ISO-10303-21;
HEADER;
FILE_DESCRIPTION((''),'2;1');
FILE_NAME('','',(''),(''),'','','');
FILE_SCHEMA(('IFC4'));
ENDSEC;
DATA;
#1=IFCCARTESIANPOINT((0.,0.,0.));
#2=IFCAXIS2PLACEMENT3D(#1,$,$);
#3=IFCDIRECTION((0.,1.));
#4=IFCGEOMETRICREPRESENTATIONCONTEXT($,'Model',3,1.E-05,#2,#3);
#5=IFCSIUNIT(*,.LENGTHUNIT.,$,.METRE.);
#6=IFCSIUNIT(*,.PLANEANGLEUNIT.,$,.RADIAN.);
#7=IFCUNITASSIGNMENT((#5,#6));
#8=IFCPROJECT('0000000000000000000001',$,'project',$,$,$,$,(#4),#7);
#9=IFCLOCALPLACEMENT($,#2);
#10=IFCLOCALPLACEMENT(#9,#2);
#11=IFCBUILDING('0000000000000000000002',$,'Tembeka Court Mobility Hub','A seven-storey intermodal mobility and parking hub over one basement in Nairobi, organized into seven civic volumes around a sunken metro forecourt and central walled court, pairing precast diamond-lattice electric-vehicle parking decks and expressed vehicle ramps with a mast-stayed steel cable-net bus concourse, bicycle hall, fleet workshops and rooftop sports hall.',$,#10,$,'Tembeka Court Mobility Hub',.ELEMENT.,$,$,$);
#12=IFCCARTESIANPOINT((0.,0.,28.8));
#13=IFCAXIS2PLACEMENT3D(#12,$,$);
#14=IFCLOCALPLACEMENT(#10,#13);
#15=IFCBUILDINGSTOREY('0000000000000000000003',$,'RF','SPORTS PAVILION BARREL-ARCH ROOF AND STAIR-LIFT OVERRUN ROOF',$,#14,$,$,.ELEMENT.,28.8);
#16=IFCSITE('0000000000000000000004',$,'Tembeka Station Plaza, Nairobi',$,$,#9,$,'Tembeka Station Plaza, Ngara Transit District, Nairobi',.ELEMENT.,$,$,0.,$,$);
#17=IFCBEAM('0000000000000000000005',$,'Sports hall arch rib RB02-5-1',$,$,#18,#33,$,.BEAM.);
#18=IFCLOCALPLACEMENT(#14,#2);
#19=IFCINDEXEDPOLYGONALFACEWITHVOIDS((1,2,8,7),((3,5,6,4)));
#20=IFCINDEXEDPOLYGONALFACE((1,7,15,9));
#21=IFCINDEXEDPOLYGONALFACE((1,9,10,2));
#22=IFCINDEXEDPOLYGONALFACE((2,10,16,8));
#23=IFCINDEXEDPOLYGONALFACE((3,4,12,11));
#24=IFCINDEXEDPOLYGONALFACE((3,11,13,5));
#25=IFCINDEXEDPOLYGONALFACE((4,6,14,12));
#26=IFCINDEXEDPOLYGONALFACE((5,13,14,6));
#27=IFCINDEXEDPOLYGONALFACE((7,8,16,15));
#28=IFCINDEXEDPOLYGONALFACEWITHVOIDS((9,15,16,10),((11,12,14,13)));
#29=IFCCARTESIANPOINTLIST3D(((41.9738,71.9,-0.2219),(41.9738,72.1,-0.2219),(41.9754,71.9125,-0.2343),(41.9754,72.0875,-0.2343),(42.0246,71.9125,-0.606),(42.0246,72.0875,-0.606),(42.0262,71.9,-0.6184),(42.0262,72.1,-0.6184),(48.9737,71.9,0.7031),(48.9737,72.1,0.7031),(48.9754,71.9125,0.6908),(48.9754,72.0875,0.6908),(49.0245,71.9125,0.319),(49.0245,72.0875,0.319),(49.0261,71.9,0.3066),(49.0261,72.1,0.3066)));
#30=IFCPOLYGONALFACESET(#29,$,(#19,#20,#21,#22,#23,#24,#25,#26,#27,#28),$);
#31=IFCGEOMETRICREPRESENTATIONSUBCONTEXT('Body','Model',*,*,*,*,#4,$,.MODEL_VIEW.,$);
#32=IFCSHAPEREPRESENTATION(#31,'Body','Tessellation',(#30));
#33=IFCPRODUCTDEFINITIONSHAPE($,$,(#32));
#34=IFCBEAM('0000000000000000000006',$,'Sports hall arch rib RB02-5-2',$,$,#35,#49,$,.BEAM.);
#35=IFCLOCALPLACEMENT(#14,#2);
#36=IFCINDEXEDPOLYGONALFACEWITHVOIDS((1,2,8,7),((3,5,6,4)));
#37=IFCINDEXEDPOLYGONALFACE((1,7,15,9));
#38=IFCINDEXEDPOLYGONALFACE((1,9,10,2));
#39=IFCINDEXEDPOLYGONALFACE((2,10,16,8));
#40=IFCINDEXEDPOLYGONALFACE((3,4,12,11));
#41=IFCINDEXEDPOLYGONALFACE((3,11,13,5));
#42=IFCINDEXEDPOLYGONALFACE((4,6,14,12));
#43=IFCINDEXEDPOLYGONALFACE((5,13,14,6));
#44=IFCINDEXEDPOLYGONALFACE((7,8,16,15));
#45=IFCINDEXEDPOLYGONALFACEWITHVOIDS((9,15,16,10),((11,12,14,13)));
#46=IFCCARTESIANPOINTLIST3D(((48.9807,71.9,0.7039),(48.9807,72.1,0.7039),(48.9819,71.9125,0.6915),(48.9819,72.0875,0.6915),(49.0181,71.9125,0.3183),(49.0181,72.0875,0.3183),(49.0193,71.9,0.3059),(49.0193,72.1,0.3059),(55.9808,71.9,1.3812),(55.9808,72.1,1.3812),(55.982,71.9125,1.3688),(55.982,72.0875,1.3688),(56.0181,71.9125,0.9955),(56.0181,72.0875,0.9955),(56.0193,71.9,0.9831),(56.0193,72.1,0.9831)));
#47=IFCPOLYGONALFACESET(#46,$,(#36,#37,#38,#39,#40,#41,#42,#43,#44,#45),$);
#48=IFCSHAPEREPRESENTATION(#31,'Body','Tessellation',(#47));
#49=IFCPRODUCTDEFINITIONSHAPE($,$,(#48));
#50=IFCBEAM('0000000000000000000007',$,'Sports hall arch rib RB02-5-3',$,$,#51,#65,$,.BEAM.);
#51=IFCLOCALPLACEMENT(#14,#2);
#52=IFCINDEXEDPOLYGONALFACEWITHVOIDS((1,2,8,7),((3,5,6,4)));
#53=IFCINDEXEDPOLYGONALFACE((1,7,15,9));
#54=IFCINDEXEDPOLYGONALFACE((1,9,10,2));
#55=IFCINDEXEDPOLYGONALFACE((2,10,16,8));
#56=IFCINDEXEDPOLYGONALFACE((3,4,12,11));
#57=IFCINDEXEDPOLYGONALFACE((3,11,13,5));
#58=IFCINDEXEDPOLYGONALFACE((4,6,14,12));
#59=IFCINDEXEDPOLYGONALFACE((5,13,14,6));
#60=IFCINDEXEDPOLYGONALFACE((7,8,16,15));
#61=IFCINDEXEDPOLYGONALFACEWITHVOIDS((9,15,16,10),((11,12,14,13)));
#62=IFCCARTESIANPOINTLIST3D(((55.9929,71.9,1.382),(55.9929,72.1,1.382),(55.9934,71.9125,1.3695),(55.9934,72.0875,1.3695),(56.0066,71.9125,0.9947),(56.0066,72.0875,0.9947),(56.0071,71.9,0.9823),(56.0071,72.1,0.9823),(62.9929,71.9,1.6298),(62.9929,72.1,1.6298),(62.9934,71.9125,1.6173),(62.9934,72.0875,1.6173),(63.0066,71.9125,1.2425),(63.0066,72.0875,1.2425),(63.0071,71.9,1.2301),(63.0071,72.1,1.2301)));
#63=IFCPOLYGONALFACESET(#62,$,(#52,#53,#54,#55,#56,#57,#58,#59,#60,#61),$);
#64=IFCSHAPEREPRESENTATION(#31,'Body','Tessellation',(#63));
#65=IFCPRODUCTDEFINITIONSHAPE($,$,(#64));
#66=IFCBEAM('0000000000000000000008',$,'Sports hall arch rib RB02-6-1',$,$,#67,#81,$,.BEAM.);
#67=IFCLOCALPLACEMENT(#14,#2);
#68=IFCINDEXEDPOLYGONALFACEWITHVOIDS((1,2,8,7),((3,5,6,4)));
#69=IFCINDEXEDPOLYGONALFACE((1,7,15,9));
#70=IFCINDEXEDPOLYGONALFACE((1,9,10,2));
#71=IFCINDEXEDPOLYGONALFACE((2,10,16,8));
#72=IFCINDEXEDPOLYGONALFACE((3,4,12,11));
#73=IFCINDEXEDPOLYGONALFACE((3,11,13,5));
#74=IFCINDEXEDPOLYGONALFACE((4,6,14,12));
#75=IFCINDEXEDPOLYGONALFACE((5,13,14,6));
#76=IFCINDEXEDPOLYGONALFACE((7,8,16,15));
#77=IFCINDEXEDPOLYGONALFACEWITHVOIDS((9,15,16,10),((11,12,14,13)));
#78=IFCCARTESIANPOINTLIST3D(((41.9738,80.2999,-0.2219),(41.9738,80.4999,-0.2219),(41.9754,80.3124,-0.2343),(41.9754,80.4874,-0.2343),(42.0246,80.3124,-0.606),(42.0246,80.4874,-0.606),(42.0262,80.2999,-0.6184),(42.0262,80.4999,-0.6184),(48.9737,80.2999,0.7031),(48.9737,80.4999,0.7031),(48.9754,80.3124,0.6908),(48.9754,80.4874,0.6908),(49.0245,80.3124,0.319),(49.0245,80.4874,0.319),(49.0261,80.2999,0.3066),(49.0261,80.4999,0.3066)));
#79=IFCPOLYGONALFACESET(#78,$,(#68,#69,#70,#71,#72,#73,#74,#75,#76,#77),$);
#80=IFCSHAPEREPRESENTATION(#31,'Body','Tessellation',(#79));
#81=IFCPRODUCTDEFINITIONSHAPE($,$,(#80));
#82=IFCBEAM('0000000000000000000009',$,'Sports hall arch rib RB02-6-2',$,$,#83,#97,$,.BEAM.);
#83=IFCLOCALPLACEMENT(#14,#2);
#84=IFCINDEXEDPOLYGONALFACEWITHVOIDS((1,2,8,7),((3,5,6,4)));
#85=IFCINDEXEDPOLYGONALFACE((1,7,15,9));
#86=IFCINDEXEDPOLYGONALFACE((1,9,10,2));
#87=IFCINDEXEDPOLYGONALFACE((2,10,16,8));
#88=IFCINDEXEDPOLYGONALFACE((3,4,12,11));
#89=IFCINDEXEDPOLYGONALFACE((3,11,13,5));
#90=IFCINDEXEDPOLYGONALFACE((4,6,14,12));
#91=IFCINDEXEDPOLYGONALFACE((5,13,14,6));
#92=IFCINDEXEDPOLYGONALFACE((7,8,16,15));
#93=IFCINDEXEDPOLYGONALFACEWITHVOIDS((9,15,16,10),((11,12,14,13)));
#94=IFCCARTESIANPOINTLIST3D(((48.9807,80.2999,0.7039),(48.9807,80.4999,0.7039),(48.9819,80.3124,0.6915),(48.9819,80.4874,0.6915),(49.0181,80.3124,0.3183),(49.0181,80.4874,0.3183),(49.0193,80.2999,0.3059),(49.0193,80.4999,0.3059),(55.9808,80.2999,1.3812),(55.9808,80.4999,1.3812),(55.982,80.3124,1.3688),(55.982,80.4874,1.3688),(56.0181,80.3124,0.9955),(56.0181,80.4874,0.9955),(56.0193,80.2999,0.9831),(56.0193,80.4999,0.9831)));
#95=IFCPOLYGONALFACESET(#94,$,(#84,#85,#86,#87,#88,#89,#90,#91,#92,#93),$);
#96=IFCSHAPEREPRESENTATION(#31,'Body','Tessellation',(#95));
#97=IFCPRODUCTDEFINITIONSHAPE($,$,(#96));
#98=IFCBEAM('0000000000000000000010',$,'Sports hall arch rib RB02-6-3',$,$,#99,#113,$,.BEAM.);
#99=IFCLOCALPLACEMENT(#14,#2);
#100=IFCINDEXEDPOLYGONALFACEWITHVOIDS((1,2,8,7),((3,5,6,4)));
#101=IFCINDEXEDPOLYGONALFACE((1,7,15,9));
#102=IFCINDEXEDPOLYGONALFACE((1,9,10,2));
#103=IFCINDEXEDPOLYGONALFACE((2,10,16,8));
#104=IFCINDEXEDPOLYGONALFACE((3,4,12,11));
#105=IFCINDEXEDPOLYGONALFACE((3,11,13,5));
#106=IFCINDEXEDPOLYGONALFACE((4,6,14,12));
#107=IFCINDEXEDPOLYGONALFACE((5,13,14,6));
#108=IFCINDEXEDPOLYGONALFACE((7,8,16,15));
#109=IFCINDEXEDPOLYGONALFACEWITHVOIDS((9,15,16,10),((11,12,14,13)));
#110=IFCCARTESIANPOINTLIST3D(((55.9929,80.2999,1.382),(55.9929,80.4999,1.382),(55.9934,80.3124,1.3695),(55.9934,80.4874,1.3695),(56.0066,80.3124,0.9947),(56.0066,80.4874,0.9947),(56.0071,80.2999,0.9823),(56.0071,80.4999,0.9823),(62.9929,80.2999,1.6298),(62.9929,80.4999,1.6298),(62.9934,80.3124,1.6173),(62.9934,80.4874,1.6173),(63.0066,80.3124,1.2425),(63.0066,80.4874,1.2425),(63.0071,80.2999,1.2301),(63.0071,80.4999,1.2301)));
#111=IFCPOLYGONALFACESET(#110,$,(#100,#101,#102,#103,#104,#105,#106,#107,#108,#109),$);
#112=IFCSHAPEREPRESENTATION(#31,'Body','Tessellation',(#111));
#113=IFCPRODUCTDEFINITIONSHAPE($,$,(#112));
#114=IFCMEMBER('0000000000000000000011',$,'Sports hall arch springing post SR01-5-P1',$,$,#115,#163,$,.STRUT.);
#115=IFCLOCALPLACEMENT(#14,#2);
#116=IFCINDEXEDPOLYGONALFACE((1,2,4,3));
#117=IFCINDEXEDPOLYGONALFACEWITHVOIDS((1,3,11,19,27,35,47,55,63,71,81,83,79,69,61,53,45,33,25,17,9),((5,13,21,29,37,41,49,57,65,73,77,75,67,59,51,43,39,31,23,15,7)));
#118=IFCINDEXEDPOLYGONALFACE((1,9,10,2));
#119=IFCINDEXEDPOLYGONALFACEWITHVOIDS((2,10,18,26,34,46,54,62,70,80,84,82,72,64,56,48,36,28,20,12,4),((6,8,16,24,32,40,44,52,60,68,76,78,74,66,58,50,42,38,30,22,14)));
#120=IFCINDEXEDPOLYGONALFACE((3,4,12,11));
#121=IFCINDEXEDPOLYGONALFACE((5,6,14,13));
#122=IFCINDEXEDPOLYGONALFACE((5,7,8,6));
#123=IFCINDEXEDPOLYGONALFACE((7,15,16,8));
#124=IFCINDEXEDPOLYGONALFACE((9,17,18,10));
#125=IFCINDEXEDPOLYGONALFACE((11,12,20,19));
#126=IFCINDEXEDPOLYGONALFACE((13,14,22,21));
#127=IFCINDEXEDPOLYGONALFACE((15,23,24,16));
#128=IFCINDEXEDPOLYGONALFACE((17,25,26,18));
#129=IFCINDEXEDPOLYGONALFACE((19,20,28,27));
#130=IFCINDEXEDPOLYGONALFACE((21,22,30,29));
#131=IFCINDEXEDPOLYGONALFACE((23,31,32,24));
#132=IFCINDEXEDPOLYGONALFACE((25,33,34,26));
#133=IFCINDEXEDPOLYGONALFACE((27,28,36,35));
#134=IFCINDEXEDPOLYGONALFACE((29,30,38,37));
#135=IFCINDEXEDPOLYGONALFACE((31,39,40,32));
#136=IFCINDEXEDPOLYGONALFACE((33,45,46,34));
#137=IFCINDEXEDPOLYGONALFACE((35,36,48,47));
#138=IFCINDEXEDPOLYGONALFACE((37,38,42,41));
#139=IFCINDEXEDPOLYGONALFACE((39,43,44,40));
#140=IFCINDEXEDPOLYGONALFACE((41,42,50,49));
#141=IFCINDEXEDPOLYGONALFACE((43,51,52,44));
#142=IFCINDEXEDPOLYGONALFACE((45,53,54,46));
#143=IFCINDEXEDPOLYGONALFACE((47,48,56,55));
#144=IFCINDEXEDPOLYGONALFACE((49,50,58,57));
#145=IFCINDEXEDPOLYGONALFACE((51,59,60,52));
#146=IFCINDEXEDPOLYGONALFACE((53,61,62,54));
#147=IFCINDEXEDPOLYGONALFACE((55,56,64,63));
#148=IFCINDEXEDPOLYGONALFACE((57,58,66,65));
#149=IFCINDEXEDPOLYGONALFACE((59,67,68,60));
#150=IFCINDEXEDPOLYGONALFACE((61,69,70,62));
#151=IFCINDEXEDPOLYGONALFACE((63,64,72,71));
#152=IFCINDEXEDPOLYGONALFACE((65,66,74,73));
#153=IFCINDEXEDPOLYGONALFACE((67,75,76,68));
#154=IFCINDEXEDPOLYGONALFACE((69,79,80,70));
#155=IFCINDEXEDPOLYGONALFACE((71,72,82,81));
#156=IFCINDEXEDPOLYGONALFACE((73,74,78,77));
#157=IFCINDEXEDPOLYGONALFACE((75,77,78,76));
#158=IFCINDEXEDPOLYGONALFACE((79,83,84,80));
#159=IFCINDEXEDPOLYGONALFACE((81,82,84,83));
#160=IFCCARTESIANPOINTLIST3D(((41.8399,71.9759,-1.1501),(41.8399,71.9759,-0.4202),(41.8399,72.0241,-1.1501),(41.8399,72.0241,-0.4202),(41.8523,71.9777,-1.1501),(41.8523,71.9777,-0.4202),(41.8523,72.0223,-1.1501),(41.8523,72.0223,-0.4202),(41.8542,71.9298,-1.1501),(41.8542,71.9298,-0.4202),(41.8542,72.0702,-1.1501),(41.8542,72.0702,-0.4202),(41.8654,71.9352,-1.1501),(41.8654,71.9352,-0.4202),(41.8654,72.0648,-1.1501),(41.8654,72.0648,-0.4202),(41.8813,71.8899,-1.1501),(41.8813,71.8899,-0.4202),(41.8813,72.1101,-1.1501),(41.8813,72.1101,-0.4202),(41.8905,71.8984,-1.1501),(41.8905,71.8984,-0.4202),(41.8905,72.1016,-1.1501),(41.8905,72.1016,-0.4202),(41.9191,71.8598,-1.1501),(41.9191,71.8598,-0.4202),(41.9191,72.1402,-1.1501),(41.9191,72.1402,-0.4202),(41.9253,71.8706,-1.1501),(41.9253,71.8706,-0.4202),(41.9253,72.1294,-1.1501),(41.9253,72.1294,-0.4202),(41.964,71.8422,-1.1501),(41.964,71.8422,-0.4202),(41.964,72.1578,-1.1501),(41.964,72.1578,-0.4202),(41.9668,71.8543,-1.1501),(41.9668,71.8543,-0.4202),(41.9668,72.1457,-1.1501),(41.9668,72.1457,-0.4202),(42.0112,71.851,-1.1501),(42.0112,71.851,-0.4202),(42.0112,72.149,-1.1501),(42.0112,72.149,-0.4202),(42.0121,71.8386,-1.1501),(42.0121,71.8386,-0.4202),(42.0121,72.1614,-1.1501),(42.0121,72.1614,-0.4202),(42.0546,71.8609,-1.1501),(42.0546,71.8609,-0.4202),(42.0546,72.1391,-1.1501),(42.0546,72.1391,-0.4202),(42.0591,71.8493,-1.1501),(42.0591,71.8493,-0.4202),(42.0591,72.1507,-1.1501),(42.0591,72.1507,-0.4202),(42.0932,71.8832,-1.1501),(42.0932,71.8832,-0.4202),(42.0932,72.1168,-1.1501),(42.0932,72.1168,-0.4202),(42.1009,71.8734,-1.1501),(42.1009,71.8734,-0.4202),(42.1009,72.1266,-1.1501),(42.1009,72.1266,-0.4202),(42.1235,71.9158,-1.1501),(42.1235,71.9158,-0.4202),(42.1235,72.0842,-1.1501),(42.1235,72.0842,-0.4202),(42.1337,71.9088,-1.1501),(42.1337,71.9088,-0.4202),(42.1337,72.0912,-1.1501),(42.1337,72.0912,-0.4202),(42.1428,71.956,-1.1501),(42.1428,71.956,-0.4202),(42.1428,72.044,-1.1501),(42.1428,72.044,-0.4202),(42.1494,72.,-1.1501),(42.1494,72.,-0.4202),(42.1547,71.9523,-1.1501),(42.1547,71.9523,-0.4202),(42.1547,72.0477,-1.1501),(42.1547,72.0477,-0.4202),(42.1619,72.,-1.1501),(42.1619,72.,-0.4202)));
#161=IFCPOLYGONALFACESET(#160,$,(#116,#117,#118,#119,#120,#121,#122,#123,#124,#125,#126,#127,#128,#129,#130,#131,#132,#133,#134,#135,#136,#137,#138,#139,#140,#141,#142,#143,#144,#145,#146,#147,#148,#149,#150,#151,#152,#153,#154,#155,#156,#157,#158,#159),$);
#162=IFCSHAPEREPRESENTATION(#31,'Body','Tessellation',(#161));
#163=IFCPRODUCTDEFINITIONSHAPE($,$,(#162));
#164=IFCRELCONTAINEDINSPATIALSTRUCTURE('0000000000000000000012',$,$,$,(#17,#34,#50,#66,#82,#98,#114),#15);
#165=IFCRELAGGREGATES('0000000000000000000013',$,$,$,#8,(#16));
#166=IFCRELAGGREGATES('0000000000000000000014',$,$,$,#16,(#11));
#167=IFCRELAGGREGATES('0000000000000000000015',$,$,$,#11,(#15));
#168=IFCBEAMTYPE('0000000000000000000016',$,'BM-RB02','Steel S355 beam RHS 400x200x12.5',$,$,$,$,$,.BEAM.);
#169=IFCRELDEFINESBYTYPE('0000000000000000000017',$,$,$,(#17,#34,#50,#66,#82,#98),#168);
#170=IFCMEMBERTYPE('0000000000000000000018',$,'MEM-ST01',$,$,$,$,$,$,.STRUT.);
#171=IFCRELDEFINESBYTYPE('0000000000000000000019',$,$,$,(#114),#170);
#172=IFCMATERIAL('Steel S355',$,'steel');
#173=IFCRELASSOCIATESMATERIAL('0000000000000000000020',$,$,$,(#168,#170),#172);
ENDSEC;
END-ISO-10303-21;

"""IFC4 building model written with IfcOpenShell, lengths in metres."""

from ifc_helpers import new_model, si_unit, direction, frame, origin, origin_2d, place, context, subcontext, project, spatial, hollow_rectangle, hollow_circle, extrude, material, material_profile, profile_set, type_object, element, save


model = new_model("IFC4")

# Units and contexts
model_context = context("Model", 3, precision=1e-05, world=origin(), true_north=direction((0.0, 1.0)))
body_context = subcontext(model_context, "Body", "Model", "MODEL_VIEW")
ifc_project = project(units=[si_unit("LENGTHUNIT", "METRE"), si_unit("PLANEANGLEUNIT", "RADIAN")], contexts=[model_context])

# Site, building, storey
site_placement = place(None, origin())
site = spatial("IfcSite", under=ifc_project, at=site_placement, Name="Tembeka Station Plaza, Nairobi", LongName="Tembeka Station Plaza, Ngara Transit District, Nairobi", CompositionType="ELEMENT", RefElevation=0.0)
building_placement = place(site_placement, origin())
building = spatial("IfcBuilding", under=site, at=building_placement, Name="Tembeka Court Mobility Hub", Description="A seven-storey intermodal mobility and parking hub over one basement in Nairobi, organized into seven civic volumes around a sunken metro forecourt and central walled court, pairing precast diamond-lattice electric-vehicle parking decks and expressed vehicle ramps with a mast-stayed steel cable-net bus concourse, bicycle hall, fleet workshops and rooftop sports hall.", LongName="Tembeka Court Mobility Hub", CompositionType="ELEMENT")
storey_placement = place(building_placement, frame((0.0, 0.0, 28.8)))
storey = spatial("IfcBuildingStorey", under=building, at=storey_placement, Name="RF", Description="SPORTS PAVILION BARREL-ARCH ROOF AND STAIR-LIFT OVERRUN ROOF", CompositionType="ELEMENT", Elevation=28.8)

# Beams
ifc_material_1 = material(Name="Steel S355", Category="steel")
ifc_material_profile_1 = material_profile(ifc_material_1, hollow_rectangle(XDim=0.2, YDim=0.3999, WallThickness=0.0125, at=origin_2d()), Name="RHS 400x200x12.5")
ifc_profile_set_1 = profile_set([ifc_material_profile_1], Name="Steel S355")
beam_type_1 = type_object("IfcBeamType", Name="BM-RB02", Description="Steel S355 beam RHS 400x200x12.5", PredefinedType="BEAM", material=ifc_profile_set_1)
beam_1_placement = place(storey_placement, frame((42.0, 72.0, -0.4202), z_axis=(0.991381, 0.0, 0.131011), x_axis=(0.0, 1.0, 0.0)))
element("IfcBeam", 1, at=beam_1_placement, inside=storey, type_object=beam_type_1, Name="Sports hall arch rib RB02-5-1", PredefinedType="BEAM", context=body_context, shape_type="SweptSolid", body=[
    extrude(hollow_rectangle(XDim=0.2, YDim=0.3999, WallThickness=0.0125, at=origin_2d()), origin(), (0.0, 0.0, 1.0), 7.0608),
])
beam_2_placement = place(storey_placement, frame((49.0, 72.0, 0.5049), z_axis=(0.995352, 0.0, 0.0963), x_axis=(0.0, 1.0, 0.0)))
element("IfcBeam", 2, at=beam_2_placement, inside=storey, type_object=beam_type_1, Name="Sports hall arch rib RB02-5-2", PredefinedType="BEAM", context=body_context, shape_type="SweptSolid", body=[
    extrude(hollow_rectangle(XDim=0.2, YDim=0.3999, WallThickness=0.0125, at=origin_2d()), origin(), (0.0, 0.0, 1.0), 7.0327),
])
beam_3_placement = place(storey_placement, frame((56.0, 72.0, 1.1821), z_axis=(0.999374, 0.0, 0.035378), x_axis=(0.0, 1.0, 0.0)))
element("IfcBeam", 3, at=beam_3_placement, inside=storey, type_object=beam_type_1, Name="Sports hall arch rib RB02-5-3", PredefinedType="BEAM", context=body_context, shape_type="SweptSolid", body=[
    extrude(hollow_rectangle(XDim=0.2, YDim=0.3999, WallThickness=0.0125, at=origin_2d()), origin(), (0.0, 0.0, 1.0), 7.0044),
])
beam_4_placement = place(storey_placement, frame((42.0, 80.3999, -0.4202), z_axis=(0.991381, 0.0, 0.131011), x_axis=(0.0, 1.0, 0.0)))
element("IfcBeam", 4, at=beam_4_placement, inside=storey, type_object=beam_type_1, Name="Sports hall arch rib RB02-6-1", PredefinedType="BEAM", context=body_context, shape_type="SweptSolid", body=[
    extrude(hollow_rectangle(XDim=0.2, YDim=0.3999, WallThickness=0.0125, at=origin_2d()), origin(), (0.0, 0.0, 1.0), 7.0608),
])
beam_5_placement = place(storey_placement, frame((49.0, 80.3999, 0.5049), z_axis=(0.995352, 0.0, 0.0963), x_axis=(0.0, 1.0, 0.0)))
element("IfcBeam", 5, at=beam_5_placement, inside=storey, type_object=beam_type_1, Name="Sports hall arch rib RB02-6-2", PredefinedType="BEAM", context=body_context, shape_type="SweptSolid", body=[
    extrude(hollow_rectangle(XDim=0.2, YDim=0.3999, WallThickness=0.0125, at=origin_2d()), origin(), (0.0, 0.0, 1.0), 7.0327),
])
beam_6_placement = place(storey_placement, frame((56.0, 80.3999, 1.1821), z_axis=(0.999374, 0.0, 0.035378), x_axis=(0.0, 1.0, 0.0)))
element("IfcBeam", 6, at=beam_6_placement, inside=storey, type_object=beam_type_1, Name="Sports hall arch rib RB02-6-3", PredefinedType="BEAM", context=body_context, shape_type="SweptSolid", body=[
    extrude(hollow_rectangle(XDim=0.2, YDim=0.3999, WallThickness=0.0125, at=origin_2d()), origin(), (0.0, 0.0, 1.0), 7.0044),
])

# Member
ifc_material_profile_2 = material_profile(ifc_material_1, hollow_circle(Radius=0.1619, WallThickness=0.0125, at=origin_2d()), Name="CHS 323.9x12.5")
ifc_profile_set_2 = profile_set([ifc_material_profile_2], Name="Steel S355")
member_type = type_object("IfcMemberType", Name="MEM-ST01", PredefinedType="STRUT", material=ifc_profile_set_2)
member_1_placement = place(storey_placement, frame((42.0, 72.0, -1.1501), z_axis=(0.0, 0.0, 1.0), x_axis=(1.0, 0.0, 0.0)))
element("IfcMember", 7, at=member_1_placement, inside=storey, type_object=member_type, Name="Sports hall arch springing post SR01-5-P1", PredefinedType="STRUT", context=body_context, shape_type="SweptSolid", body=[
    extrude(hollow_circle(Radius=0.1619, WallThickness=0.0125, at=origin_2d()), origin(), (0.0, 0.0, 1.0), 0.73),
])

save(model, "model.ifc")
